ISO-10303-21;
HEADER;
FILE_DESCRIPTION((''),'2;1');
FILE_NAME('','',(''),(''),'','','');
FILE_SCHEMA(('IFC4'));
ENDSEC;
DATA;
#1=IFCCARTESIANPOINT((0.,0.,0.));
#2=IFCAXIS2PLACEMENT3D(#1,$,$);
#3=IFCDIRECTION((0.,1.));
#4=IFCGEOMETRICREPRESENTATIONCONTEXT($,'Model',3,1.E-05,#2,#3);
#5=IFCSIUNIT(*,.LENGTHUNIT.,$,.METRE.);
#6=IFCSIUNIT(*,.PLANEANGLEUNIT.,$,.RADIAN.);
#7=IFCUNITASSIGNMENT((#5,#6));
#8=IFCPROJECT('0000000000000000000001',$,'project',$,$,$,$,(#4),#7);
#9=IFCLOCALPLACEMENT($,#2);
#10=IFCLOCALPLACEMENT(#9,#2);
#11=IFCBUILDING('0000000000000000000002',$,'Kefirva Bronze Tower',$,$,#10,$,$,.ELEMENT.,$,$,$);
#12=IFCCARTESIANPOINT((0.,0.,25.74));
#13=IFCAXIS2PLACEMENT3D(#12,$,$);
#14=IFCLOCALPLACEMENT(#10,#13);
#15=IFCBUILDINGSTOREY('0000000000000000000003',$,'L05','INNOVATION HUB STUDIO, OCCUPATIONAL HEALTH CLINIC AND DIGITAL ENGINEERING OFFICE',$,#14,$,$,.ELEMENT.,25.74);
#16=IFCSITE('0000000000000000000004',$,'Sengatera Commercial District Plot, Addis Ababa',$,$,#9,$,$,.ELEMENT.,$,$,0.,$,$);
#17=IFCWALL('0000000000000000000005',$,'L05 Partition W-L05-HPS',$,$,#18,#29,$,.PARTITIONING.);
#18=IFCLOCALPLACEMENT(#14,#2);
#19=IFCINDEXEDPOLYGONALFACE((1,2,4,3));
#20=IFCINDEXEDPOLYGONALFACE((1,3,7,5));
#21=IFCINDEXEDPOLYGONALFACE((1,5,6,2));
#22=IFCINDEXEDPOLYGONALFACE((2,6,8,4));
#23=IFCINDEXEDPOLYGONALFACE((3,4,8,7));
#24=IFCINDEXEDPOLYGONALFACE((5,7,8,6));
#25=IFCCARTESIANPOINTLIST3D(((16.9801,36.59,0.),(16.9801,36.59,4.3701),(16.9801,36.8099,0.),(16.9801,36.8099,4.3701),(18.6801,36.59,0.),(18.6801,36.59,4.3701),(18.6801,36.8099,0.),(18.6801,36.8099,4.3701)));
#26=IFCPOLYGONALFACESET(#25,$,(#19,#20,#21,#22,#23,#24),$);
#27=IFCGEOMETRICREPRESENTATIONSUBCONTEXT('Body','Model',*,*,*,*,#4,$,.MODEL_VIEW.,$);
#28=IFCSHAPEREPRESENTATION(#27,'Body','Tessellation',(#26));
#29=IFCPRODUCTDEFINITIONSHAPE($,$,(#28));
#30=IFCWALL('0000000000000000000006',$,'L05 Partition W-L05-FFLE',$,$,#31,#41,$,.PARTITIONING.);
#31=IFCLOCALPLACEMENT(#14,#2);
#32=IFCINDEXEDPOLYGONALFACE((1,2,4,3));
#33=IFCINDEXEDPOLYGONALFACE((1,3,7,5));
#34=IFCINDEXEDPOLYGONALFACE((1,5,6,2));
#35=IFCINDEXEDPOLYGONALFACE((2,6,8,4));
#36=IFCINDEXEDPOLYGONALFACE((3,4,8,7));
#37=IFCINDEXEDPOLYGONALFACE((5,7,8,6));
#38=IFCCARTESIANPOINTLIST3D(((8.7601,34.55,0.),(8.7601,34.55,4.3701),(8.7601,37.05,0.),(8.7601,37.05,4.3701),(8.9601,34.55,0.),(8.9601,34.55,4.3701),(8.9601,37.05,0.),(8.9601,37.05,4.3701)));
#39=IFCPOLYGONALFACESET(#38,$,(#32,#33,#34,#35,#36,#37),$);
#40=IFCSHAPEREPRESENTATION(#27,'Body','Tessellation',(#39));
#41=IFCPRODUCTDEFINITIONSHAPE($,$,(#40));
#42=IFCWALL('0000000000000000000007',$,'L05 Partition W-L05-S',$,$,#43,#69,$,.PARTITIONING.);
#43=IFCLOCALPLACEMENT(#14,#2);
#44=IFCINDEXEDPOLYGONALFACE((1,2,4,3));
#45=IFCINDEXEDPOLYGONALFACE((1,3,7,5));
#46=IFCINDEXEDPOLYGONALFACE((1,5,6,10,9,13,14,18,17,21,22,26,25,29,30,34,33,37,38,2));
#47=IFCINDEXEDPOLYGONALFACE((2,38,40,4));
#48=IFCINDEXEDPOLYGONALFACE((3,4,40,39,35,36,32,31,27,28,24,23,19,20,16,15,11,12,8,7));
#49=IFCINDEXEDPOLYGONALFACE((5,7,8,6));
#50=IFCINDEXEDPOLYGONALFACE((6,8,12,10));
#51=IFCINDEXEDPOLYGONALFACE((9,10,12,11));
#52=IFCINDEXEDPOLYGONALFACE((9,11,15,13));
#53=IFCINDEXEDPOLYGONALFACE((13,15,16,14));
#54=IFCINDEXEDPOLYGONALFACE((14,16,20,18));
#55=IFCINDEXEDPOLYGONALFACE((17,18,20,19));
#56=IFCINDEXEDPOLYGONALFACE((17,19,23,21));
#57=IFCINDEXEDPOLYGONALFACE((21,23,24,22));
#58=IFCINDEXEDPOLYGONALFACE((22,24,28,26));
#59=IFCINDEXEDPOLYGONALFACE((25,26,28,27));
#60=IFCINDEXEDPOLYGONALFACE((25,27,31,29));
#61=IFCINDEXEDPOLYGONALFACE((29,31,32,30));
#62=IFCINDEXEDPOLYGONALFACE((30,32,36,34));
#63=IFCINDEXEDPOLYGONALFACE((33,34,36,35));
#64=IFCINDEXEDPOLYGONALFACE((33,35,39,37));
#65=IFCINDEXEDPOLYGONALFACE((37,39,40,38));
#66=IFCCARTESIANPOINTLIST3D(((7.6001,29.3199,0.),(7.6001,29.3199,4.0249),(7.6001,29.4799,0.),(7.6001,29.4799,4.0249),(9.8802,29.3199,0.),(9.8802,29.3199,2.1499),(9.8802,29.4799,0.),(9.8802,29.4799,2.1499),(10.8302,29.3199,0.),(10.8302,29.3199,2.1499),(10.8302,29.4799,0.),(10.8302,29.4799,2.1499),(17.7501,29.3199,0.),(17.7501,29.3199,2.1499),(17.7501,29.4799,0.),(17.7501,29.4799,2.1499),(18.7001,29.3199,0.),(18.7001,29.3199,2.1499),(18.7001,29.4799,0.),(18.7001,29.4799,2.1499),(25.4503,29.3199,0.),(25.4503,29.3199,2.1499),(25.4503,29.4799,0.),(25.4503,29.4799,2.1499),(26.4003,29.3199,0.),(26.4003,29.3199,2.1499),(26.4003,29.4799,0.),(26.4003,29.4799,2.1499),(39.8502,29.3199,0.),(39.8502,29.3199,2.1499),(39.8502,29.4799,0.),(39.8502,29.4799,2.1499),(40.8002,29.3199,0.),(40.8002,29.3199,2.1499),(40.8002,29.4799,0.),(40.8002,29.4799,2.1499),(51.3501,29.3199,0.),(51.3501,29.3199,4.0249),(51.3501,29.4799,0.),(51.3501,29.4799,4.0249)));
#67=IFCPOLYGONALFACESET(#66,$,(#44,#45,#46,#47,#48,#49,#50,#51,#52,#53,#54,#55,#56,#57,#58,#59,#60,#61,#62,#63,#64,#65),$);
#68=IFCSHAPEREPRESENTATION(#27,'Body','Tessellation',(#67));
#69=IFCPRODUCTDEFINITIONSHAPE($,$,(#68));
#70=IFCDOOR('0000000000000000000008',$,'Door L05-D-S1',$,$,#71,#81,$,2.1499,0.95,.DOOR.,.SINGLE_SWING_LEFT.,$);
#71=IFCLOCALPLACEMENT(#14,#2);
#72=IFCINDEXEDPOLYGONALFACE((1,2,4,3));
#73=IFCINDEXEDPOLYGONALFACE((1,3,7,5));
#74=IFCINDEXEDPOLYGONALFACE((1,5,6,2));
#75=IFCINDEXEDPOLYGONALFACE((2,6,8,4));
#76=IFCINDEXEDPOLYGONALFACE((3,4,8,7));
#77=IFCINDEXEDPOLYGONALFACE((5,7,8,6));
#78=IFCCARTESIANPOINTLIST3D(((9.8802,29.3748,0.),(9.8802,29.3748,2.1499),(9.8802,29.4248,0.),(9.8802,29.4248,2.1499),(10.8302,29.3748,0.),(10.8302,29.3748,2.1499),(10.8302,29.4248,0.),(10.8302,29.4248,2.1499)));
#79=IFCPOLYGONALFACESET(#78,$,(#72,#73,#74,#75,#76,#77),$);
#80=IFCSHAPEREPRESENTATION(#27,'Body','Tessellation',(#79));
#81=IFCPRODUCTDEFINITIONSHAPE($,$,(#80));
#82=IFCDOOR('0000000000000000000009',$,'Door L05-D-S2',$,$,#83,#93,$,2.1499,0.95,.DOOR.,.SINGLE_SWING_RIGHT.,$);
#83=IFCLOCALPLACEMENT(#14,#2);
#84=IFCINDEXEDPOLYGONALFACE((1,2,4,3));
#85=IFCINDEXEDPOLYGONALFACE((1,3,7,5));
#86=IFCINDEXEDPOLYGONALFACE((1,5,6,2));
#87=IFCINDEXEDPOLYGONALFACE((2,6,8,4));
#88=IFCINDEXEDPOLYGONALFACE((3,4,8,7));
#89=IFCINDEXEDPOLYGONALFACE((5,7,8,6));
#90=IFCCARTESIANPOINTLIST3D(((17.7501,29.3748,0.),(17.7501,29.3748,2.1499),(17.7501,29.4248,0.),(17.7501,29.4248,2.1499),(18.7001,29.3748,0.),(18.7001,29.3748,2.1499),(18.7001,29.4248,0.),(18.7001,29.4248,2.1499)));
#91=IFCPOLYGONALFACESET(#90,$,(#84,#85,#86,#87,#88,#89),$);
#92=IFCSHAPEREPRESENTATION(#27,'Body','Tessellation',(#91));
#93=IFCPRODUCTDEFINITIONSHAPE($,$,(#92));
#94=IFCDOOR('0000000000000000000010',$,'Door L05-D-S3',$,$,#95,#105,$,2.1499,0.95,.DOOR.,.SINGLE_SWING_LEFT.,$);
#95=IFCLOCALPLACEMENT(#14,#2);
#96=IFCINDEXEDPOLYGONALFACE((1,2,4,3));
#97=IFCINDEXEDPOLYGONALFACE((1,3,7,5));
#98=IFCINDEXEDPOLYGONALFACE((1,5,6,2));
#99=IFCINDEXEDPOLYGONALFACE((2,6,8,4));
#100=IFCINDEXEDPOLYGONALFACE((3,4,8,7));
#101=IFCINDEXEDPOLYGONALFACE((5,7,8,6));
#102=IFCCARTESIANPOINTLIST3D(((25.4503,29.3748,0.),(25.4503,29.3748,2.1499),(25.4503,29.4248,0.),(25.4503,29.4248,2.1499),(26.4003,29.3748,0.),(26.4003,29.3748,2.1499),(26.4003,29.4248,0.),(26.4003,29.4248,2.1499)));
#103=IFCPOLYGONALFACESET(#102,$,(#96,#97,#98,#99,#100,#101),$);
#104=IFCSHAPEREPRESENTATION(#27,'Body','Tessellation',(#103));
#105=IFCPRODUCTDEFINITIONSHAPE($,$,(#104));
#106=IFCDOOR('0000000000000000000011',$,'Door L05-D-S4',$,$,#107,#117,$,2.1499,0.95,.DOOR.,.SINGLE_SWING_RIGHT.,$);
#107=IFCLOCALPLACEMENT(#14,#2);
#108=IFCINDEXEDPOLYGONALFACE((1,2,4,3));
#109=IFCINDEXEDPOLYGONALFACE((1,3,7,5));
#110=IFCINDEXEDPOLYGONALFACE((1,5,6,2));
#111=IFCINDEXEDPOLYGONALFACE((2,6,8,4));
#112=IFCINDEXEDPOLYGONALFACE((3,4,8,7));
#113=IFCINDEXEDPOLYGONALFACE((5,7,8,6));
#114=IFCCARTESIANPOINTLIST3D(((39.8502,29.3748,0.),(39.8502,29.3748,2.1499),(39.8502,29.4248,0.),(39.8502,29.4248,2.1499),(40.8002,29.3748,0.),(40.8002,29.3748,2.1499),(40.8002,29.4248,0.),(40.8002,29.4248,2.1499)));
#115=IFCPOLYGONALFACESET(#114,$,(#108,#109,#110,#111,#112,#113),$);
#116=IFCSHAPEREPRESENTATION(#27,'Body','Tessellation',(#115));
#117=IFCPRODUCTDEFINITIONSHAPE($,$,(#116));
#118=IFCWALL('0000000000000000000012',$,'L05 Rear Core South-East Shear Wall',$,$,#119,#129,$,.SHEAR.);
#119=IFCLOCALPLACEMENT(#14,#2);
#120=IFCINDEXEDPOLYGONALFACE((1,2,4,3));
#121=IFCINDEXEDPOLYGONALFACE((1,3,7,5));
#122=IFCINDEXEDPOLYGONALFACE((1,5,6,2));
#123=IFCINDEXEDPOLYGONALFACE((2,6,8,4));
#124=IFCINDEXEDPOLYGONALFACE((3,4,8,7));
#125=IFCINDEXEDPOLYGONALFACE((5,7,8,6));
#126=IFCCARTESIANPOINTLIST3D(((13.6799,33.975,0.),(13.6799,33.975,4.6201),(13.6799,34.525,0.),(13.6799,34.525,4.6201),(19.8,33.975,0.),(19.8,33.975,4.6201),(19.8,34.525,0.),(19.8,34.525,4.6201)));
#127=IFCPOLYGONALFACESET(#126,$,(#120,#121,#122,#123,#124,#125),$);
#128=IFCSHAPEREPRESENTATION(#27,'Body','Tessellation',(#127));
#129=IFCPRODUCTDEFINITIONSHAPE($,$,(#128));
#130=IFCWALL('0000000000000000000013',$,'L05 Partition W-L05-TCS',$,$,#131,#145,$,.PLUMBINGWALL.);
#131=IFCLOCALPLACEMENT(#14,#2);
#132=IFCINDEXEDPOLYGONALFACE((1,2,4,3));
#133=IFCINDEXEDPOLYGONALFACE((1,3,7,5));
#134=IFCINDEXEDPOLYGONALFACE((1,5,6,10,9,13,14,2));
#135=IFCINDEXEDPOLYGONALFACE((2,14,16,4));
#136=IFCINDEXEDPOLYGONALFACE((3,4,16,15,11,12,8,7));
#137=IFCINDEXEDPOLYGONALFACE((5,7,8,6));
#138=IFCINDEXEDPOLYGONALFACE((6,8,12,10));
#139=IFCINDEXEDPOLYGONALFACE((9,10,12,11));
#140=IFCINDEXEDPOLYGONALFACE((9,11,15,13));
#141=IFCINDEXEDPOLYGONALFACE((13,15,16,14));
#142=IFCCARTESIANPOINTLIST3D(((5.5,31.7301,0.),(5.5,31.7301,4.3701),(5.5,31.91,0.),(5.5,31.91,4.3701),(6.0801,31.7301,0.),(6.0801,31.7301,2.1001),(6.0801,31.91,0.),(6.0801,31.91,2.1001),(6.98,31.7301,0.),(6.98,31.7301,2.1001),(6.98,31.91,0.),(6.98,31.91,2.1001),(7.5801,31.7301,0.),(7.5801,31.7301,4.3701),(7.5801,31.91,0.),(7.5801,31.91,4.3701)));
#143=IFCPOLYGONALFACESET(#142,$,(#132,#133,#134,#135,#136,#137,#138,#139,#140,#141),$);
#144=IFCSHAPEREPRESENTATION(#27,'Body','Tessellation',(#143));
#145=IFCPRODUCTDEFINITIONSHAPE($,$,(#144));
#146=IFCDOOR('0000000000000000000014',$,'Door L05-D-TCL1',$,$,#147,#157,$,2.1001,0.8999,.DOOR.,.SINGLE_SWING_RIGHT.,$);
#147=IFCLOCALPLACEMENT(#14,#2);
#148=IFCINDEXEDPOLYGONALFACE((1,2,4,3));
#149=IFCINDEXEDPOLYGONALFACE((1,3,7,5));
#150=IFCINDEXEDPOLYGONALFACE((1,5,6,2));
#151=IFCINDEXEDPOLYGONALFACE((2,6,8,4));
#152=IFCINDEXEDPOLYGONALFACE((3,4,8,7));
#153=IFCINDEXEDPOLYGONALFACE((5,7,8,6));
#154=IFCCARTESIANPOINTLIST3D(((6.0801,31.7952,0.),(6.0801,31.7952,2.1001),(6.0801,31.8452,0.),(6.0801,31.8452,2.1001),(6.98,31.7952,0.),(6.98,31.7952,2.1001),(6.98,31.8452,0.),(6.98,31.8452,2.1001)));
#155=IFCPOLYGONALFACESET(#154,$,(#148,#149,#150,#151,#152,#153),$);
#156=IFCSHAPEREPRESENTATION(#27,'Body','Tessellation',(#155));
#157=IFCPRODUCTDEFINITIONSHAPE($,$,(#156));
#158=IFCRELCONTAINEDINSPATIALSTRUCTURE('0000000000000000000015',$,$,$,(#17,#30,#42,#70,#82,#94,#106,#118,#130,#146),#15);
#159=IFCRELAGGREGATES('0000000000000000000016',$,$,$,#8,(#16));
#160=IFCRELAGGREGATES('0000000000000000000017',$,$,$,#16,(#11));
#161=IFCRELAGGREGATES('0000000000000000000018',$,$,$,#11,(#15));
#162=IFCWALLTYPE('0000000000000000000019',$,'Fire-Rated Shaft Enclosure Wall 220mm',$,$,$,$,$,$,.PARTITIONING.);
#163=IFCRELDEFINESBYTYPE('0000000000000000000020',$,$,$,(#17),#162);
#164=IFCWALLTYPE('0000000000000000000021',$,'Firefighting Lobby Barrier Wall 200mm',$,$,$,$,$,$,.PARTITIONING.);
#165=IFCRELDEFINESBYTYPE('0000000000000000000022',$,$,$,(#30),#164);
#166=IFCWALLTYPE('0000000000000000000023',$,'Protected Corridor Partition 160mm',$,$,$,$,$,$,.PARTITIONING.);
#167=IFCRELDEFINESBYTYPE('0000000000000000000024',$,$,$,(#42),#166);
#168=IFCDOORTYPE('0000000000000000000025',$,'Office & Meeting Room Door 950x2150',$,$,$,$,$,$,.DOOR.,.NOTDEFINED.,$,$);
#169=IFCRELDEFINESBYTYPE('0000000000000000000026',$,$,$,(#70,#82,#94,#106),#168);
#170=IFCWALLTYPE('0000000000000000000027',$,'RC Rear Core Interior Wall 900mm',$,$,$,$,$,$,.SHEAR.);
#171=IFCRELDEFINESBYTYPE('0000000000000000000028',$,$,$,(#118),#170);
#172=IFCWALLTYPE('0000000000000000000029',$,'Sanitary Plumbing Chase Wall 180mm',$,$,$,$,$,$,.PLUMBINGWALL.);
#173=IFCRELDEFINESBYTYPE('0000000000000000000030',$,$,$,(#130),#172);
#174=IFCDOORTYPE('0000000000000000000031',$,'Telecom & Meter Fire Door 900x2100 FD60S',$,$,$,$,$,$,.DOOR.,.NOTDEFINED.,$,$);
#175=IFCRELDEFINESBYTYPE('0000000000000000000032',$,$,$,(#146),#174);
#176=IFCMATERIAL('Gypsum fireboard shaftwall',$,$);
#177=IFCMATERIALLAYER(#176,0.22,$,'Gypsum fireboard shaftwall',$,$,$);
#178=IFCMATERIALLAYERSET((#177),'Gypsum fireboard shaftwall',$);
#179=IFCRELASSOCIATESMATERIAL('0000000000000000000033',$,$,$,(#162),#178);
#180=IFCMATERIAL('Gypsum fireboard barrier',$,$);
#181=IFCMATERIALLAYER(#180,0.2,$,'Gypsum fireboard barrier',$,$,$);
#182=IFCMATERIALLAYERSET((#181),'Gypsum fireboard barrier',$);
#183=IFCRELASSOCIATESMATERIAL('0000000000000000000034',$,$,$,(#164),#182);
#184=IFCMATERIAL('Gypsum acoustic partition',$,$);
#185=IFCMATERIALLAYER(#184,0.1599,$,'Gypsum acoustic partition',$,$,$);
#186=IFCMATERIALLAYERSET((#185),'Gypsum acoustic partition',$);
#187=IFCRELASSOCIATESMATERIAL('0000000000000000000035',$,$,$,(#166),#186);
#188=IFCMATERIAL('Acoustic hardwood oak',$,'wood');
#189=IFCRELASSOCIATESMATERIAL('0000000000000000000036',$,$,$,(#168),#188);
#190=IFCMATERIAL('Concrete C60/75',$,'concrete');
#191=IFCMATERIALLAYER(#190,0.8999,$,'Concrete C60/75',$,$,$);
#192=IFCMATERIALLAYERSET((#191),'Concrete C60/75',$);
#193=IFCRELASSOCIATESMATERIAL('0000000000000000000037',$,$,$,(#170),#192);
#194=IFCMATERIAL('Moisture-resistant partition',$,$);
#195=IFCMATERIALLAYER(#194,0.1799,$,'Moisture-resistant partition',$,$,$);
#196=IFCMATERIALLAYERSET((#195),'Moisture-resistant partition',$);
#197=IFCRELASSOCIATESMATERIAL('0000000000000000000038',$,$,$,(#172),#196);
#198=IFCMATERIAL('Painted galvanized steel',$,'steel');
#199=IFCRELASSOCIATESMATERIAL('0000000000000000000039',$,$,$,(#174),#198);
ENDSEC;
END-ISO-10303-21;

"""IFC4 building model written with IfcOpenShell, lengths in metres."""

from ifc_helpers import new_model, si_unit, direction, frame, frame_2d, origin, place, context, subcontext, project, spatial, rectangle, extrude, material, layer, layer_set, type_object, element, fill, save


model = new_model("IFC4")

# Units and contexts
model_context = context("Model", 3, precision=1e-05, world=origin(), true_north=direction((0.0, 1.0)))
body_context = subcontext(model_context, "Body", "Model", "MODEL_VIEW")
ifc_project = project(units=[si_unit("LENGTHUNIT", "METRE"), si_unit("PLANEANGLEUNIT", "RADIAN")], contexts=[model_context])

# Site, building, storey
site_placement = place(None, origin())
site = spatial("IfcSite", under=ifc_project, at=site_placement, Name="Sengatera Commercial District Plot, Addis Ababa", CompositionType="ELEMENT", RefElevation=0.0)
building_placement = place(site_placement, origin())
building = spatial("IfcBuilding", under=site, at=building_placement, Name="Kefirva Bronze Tower", CompositionType="ELEMENT")
storey_placement = place(building_placement, frame((0.0, 0.0, 25.74)))
storey = spatial("IfcBuildingStorey", under=building, at=storey_placement, Name="L05", Description="INNOVATION HUB STUDIO, OCCUPATIONAL HEALTH CLINIC AND DIGITAL ENGINEERING OFFICE", CompositionType="ELEMENT", Elevation=25.74)

# Shared definitions
ifc_material_1 = material(Name="Concrete C60/75", Category="concrete")

# Shared definitions
ifc_material_2 = material(Name="Gypsum fireboard shaftwall")
ifc_layer_1 = layer(ifc_material_2, 0.22, Name="Gypsum fireboard shaftwall")
ifc_layer_set_1 = layer_set([ifc_layer_1], Name="Gypsum fireboard shaftwall")
wall_type_1 = type_object("IfcWallType", Name="Fire-Rated Shaft Enclosure Wall 220mm", PredefinedType="PARTITIONING", material=ifc_layer_set_1)

# Walls
wall_1_placement = place(storey_placement, frame((16.98, 36.7, 0.0), z_axis=(0.0, 0.0, 1.0), x_axis=(1.0, 0.0, 0.0)))
element("IfcWall", 1, at=wall_1_placement, inside=storey, type_object=wall_type_1, Name="L05 Partition W-L05-HPS", PredefinedType="PARTITIONING", context=body_context, shape_type="SweptSolid", body=[
    extrude(rectangle(XDim=1.7, YDim=0.22, at=frame_2d((0.8501, 0.0))), origin(), (0.0, 0.0, 1.0), 4.3701),
])
ifc_material_3 = material(Name="Gypsum fireboard barrier")
ifc_layer_2 = layer(ifc_material_3, 0.2, Name="Gypsum fireboard barrier")
ifc_layer_set_2 = layer_set([ifc_layer_2], Name="Gypsum fireboard barrier")
wall_type_2 = type_object("IfcWallType", Name="Firefighting Lobby Barrier Wall 200mm", PredefinedType="PARTITIONING", material=ifc_layer_set_2)
wall_2_placement = place(storey_placement, frame((8.8601, 34.55, 0.0), z_axis=(0.0, 0.0, 1.0), x_axis=(0.0, 1.0, 0.0)))
element("IfcWall", 2, at=wall_2_placement, inside=storey, type_object=wall_type_2, Name="L05 Partition W-L05-FFLE", PredefinedType="PARTITIONING", context=body_context, shape_type="SweptSolid", body=[
    extrude(rectangle(XDim=2.5, YDim=0.2, at=frame_2d((1.25, 0.0))), origin(), (0.0, 0.0, 1.0), 4.3701),
])

# Shared definitions
ifc_material_4 = material(Name="Painted galvanized steel", Category="steel")

# Wall, openings, doors
ifc_material_5 = material(Name="Gypsum acoustic partition")
ifc_layer_3 = layer(ifc_material_5, 0.1599, Name="Gypsum acoustic partition")
ifc_layer_set_3 = layer_set([ifc_layer_3], Name="Gypsum acoustic partition")
wall_type_3 = type_object("IfcWallType", Name="Protected Corridor Partition 160mm", PredefinedType="PARTITIONING", material=ifc_layer_set_3)
wall_3_placement = place(storey_placement, frame((7.6001, 29.3999, 0.0), z_axis=(0.0, 0.0, 1.0), x_axis=(1.0, 0.0, 0.0)))
wall_3 = element("IfcWall", 3, at=wall_3_placement, inside=storey, type_object=wall_type_3, Name="L05 Partition W-L05-S", PredefinedType="PARTITIONING", context=body_context, shape_type="SweptSolid", body=[
    extrude(rectangle(XDim=43.75, YDim=0.1599, at=frame_2d((21.875, 0.0))), origin(), (0.0, 0.0, 1.0), 4.0249),
])
opening_1_placement = place(wall_3_placement, frame((2.28, 0.0, 0.0)))
opening_1 = element("IfcOpeningElement", 4, at=opening_1_placement, cuts=wall_3, PredefinedType="OPENING", context=body_context, shape_type="SweptSolid", body=[
    extrude(rectangle(XDim=0.95, YDim=2.1499, at=frame_2d((0.4751, 1.075))), frame((0.0, 0.0898, 0.0), z_axis=(0.0, -1.0, 0.0), x_axis=(1.0, 0.0, 0.0)), (0.0, 0.0, 1.0), 0.1799),
])
opening_2_placement = place(wall_3_placement, frame((10.1499, 0.0, 0.0)))
opening_2 = element("IfcOpeningElement", 5, at=opening_2_placement, cuts=wall_3, PredefinedType="OPENING", context=body_context, shape_type="SweptSolid", body=[
    extrude(rectangle(XDim=0.95, YDim=2.1499, at=frame_2d((0.4751, 1.075))), frame((0.0, 0.0898, 0.0), z_axis=(0.0, -1.0, 0.0), x_axis=(1.0, 0.0, 0.0)), (0.0, 0.0, 1.0), 0.1799),
])
opening_3_placement = place(wall_3_placement, frame((17.8501, 0.0, 0.0)))
opening_3 = element("IfcOpeningElement", 6, at=opening_3_placement, cuts=wall_3, PredefinedType="OPENING", context=body_context, shape_type="SweptSolid", body=[
    extrude(rectangle(XDim=0.95, YDim=2.1499, at=frame_2d((0.4751, 1.075))), frame((0.0, 0.0898, 0.0), z_axis=(0.0, -1.0, 0.0), x_axis=(1.0, 0.0, 0.0)), (0.0, 0.0, 1.0), 0.1799),
])
opening_4_placement = place(wall_3_placement, frame((32.25, 0.0, 0.0)))
opening_4 = element("IfcOpeningElement", 7, at=opening_4_placement, cuts=wall_3, PredefinedType="OPENING", context=body_context, shape_type="SweptSolid", body=[
    extrude(rectangle(XDim=0.95, YDim=2.1499, at=frame_2d((0.4751, 1.075))), frame((0.0, 0.0898, 0.0), z_axis=(0.0, -1.0, 0.0), x_axis=(1.0, 0.0, 0.0)), (0.0, 0.0, 1.0), 0.1799),
])
ifc_material_6 = material(Name="Acoustic hardwood oak", Category="wood")
door_type_1 = type_object("IfcDoorType", Name="Office & Meeting Room Door 950x2150", OperationType="NOTDEFINED", PredefinedType="DOOR", material=ifc_material_6)
door_1_placement = place(opening_1_placement, origin())
door_1 = element("IfcDoor", 8, at=door_1_placement, inside=storey, type_object=door_type_1, Name="Door L05-D-S1", OperationType="SINGLE_SWING_LEFT", OverallHeight=2.1499, OverallWidth=0.95, PredefinedType="DOOR", context=body_context, shape_type="SweptSolid", body=[
    extrude(rectangle(XDim=0.95, YDim=2.1499, at=frame_2d((0.4751, 1.075))), frame((0.0, 0.0249, 0.0), z_axis=(0.0, -1.0, 0.0), x_axis=(1.0, 0.0, 0.0)), (0.0, 0.0, 1.0), 0.05),
])
fill(opening_1, door_1)
door_2_placement = place(opening_2_placement, origin())
door_2 = element("IfcDoor", 9, at=door_2_placement, inside=storey, type_object=door_type_1, Name="Door L05-D-S2", OperationType="SINGLE_SWING_RIGHT", OverallHeight=2.1499, OverallWidth=0.95, PredefinedType="DOOR", context=body_context, shape_type="SweptSolid", body=[
    extrude(rectangle(XDim=0.95, YDim=2.1499, at=frame_2d((0.4751, 1.075))), frame((0.0, 0.0249, 0.0), z_axis=(0.0, -1.0, 0.0), x_axis=(1.0, 0.0, 0.0)), (0.0, 0.0, 1.0), 0.05),
])
fill(opening_2, door_2)
door_3_placement = place(opening_3_placement, origin())
door_3 = element("IfcDoor", 10, at=door_3_placement, inside=storey, type_object=door_type_1, Name="Door L05-D-S3", OperationType="SINGLE_SWING_LEFT", OverallHeight=2.1499, OverallWidth=0.95, PredefinedType="DOOR", context=body_context, shape_type="SweptSolid", body=[
    extrude(rectangle(XDim=0.95, YDim=2.1499, at=frame_2d((0.4751, 1.075))), frame((0.0, 0.0249, 0.0), z_axis=(0.0, -1.0, 0.0), x_axis=(1.0, 0.0, 0.0)), (0.0, 0.0, 1.0), 0.05),
])
fill(opening_3, door_3)
door_4_placement = place(opening_4_placement, origin())
door_4 = element("IfcDoor", 11, at=door_4_placement, inside=storey, type_object=door_type_1, Name="Door L05-D-S4", OperationType="SINGLE_SWING_RIGHT", OverallHeight=2.1499, OverallWidth=0.95, PredefinedType="DOOR", context=body_context, shape_type="SweptSolid", body=[
    extrude(rectangle(XDim=0.95, YDim=2.1499, at=frame_2d((0.4751, 1.075))), frame((0.0, 0.0249, 0.0), z_axis=(0.0, -1.0, 0.0), x_axis=(1.0, 0.0, 0.0)), (0.0, 0.0, 1.0), 0.05),
])
fill(opening_4, door_4)

# Shared definitions
ifc_layer_4 = layer(ifc_material_1, 0.8999, Name="Concrete C60/75")
ifc_layer_set_4 = layer_set([ifc_layer_4], Name="Concrete C60/75")
wall_type_4 = type_object("IfcWallType", Name="RC Rear Core Interior Wall 900mm", PredefinedType="SHEAR", material=ifc_layer_set_4)

# Wall
wall_4_placement = place(storey_placement, frame((13.6799, 34.25, 0.0), z_axis=(0.0, 0.0, 1.0), x_axis=(1.0, 0.0, 0.0)))
element("IfcWall", 12, at=wall_4_placement, inside=storey, type_object=wall_type_4, Name="L05 Rear Core South-East Shear Wall", PredefinedType="SHEAR", context=body_context, shape_type="SweptSolid", body=[
    extrude(rectangle(XDim=6.1201, YDim=0.55, at=frame_2d((3.0601, 0.0))), origin(), (0.0, 0.0, 1.0), 4.6201),
])

# Wall, opening, door
ifc_material_7 = material(Name="Moisture-resistant partition")
ifc_layer_5 = layer(ifc_material_7, 0.1799, Name="Moisture-resistant partition")
ifc_layer_set_5 = layer_set([ifc_layer_5], Name="Moisture-resistant partition")
wall_type_5 = type_object("IfcWallType", Name="Sanitary Plumbing Chase Wall 180mm", PredefinedType="PLUMBINGWALL", material=ifc_layer_set_5)
wall_5_placement = place(storey_placement, frame((5.5, 31.8201, 0.0), z_axis=(0.0, 0.0, 1.0), x_axis=(1.0, 0.0, 0.0)))
wall_5 = element("IfcWall", 13, at=wall_5_placement, inside=storey, type_object=wall_type_5, Name="L05 Partition W-L05-TCS", PredefinedType="PLUMBINGWALL", context=body_context, shape_type="SweptSolid", body=[
    extrude(rectangle(XDim=2.0801, YDim=0.1799, at=frame_2d((1.04, 0.0))), origin(), (0.0, 0.0, 1.0), 4.3701),
])
opening_5_placement = place(wall_5_placement, frame((1.48, 0.0, 0.0), z_axis=(0.0, 0.0, 1.0), x_axis=(-1.0, 0.0, 0.0)))
opening_5 = element("IfcOpeningElement", 14, at=opening_5_placement, cuts=wall_5, PredefinedType="OPENING", context=body_context, shape_type="SweptSolid", body=[
    extrude(rectangle(XDim=0.8999, YDim=2.1001, at=frame_2d((0.45, 1.05))), frame((0.0, 0.1001, 0.0), z_axis=(0.0, -1.0, 0.0), x_axis=(1.0, 0.0, 0.0)), (0.0, 0.0, 1.0), 0.2),
])
door_type_2 = type_object("IfcDoorType", Name="Telecom & Meter Fire Door 900x2100 FD60S", OperationType="NOTDEFINED", PredefinedType="DOOR", material=ifc_material_4)
door_5_placement = place(opening_5_placement, origin())
door_5 = element("IfcDoor", 15, at=door_5_placement, inside=storey, type_object=door_type_2, Name="Door L05-D-TCL1", OperationType="SINGLE_SWING_RIGHT", OverallHeight=2.1001, OverallWidth=0.8999, PredefinedType="DOOR", context=body_context, shape_type="SweptSolid", body=[
    extrude(rectangle(XDim=0.8999, YDim=2.1001, at=frame_2d((0.45, 1.05))), frame((0.0, 0.0249, 0.0), z_axis=(0.0, -1.0, 0.0), x_axis=(1.0, 0.0, 0.0)), (0.0, 0.0, 1.0), 0.05),
])
fill(opening_5, door_5)

save(model, "model.ifc")
